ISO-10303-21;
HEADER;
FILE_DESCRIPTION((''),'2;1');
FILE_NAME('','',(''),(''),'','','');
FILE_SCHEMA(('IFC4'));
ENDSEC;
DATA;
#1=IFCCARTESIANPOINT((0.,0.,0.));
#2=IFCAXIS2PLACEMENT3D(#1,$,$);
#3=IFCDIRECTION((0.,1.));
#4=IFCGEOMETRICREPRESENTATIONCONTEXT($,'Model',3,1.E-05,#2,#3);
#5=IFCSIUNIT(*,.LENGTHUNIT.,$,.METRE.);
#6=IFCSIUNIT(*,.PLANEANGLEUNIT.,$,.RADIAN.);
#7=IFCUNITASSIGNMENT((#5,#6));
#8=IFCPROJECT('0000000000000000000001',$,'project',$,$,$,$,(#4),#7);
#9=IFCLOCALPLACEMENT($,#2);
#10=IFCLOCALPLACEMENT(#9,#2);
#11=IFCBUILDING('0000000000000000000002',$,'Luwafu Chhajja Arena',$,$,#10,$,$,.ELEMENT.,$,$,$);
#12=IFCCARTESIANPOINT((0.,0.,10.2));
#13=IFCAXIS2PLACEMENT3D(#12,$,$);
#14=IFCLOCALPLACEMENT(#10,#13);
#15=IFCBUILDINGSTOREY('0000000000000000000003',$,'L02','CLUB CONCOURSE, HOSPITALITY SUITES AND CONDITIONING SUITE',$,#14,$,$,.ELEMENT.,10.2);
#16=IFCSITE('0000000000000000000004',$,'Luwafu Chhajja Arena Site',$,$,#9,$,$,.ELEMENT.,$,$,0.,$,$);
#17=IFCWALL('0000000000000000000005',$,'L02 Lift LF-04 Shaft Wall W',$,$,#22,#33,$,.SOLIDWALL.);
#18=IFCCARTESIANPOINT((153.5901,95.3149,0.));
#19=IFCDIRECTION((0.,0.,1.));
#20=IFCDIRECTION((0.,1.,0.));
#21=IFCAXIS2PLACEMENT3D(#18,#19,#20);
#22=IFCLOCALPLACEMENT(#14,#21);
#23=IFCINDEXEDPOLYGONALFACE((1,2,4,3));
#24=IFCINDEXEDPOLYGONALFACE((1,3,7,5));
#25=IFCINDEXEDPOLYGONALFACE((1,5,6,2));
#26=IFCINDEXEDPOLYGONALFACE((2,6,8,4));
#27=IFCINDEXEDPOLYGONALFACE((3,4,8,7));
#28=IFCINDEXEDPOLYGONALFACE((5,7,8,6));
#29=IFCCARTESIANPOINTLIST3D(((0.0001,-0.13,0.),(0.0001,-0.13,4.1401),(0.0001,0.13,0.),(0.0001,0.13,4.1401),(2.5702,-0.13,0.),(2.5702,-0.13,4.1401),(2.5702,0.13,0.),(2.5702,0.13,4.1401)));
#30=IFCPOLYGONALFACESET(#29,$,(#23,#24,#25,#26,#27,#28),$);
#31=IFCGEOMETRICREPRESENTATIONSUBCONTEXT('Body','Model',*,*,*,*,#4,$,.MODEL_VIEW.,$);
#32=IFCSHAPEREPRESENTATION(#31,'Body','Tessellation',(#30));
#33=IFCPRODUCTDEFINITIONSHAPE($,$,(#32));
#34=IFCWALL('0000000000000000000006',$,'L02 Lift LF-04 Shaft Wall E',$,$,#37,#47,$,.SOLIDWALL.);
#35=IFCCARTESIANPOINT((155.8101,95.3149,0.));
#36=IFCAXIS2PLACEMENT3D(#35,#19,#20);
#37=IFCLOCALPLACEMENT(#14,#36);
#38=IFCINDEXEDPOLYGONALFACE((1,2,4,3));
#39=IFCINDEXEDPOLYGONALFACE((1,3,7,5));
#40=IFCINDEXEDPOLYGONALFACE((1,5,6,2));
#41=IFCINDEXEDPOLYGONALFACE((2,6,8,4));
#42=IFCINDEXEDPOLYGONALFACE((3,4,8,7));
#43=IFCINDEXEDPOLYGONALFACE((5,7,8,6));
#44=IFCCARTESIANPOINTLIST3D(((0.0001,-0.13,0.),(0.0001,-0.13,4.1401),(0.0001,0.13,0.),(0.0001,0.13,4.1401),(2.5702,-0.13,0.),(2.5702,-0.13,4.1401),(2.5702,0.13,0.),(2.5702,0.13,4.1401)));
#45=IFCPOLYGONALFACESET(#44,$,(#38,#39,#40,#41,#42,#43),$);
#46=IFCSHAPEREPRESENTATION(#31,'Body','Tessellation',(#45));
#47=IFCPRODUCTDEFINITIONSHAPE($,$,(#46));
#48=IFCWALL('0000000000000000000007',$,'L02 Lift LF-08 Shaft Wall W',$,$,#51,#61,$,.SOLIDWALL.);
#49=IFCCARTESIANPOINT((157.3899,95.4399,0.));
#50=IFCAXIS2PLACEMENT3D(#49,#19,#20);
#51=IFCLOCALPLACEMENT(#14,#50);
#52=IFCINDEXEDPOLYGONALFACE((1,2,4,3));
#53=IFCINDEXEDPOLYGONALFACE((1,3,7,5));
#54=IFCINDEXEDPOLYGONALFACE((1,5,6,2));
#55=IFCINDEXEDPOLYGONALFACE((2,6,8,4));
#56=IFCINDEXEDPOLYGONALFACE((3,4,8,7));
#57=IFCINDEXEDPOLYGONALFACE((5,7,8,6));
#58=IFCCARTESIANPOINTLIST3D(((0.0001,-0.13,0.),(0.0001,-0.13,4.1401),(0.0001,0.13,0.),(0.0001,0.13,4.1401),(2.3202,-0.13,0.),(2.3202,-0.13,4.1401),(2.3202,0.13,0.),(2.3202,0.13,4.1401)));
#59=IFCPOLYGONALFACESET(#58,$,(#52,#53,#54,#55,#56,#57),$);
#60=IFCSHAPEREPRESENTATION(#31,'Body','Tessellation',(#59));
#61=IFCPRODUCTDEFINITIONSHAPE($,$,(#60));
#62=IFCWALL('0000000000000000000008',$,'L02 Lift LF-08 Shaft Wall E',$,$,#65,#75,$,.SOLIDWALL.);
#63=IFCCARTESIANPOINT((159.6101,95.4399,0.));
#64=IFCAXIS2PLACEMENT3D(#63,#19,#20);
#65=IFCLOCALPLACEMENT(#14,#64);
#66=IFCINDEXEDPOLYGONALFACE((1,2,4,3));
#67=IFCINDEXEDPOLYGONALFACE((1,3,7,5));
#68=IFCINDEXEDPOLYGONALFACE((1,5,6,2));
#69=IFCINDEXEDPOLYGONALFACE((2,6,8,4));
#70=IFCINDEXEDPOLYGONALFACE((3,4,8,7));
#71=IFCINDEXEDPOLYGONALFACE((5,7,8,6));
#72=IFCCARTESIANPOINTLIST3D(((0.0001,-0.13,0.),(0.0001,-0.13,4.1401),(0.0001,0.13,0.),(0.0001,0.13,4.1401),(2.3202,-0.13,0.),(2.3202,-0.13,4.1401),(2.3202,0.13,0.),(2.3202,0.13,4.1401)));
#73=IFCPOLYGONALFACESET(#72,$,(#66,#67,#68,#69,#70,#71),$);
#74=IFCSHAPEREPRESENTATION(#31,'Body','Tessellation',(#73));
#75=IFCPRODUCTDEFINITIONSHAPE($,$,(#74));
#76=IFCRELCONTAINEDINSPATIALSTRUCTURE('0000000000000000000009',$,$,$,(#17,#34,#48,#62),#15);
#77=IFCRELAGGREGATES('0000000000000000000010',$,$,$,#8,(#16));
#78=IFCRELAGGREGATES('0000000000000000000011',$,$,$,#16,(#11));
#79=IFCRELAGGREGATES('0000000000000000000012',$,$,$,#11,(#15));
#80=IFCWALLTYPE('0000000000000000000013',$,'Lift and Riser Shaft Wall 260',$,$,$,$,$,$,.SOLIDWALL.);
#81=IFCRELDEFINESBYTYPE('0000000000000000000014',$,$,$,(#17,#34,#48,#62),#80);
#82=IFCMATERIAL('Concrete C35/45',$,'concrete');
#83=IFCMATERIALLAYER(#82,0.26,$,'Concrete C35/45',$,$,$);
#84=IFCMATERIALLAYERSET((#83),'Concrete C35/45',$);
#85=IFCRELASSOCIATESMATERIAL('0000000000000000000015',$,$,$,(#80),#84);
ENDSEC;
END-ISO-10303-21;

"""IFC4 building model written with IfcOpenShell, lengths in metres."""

from ifc_helpers import new_model, si_unit, direction, frame, frame_2d, origin, place, context, subcontext, project, spatial, rectangle, extrude, material, layer, layer_set, type_object, element, save


model = new_model("IFC4")

# Units and contexts
model_context = context("Model", 3, precision=1e-05, world=origin(), true_north=direction((0.0, 1.0)))
body_context = subcontext(model_context, "Body", "Model", "MODEL_VIEW")
ifc_project = project(units=[si_unit("LENGTHUNIT", "METRE"), si_unit("PLANEANGLEUNIT", "RADIAN")], contexts=[model_context])

# Site, building, storey
site_placement = place(None, origin())
site = spatial("IfcSite", under=ifc_project, at=site_placement, Name="Luwafu Chhajja Arena Site", CompositionType="ELEMENT", RefElevation=0.0)
building_placement = place(site_placement, origin())
building = spatial("IfcBuilding", under=site, at=building_placement, Name="Luwafu Chhajja Arena", CompositionType="ELEMENT")
storey_placement = place(building_placement, frame((0.0, 0.0, 10.2)))
storey = spatial("IfcBuildingStorey", under=building, at=storey_placement, Name="L02", Description="CLUB CONCOURSE, HOSPITALITY SUITES AND CONDITIONING SUITE", CompositionType="ELEMENT", Elevation=10.2)

# Shared definitions
ifc_material_1 = material(Name="Concrete C35/45", Category="concrete")

# Shared definitions
ifc_layer_1 = layer(ifc_material_1, 0.26, Name="Concrete C35/45")
ifc_layer_set_1 = layer_set([ifc_layer_1], Name="Concrete C35/45")
wall_type_1 = type_object("IfcWallType", Name="Lift and Riser Shaft Wall 260", PredefinedType="SOLIDWALL", material=ifc_layer_set_1)

# Walls
for number, where, z_axis, x_axis, name in (
    (1, (153.5901, 95.3149, 0.0), (0.0, 0.0, 1.0), (0.0, 1.0, 0.0), "L02 Lift LF-04 Shaft Wall W"),
    (2, (155.8101, 95.3149, 0.0), (0.0, 0.0, 1.0), (0.0, 1.0, 0.0), "L02 Lift LF-04 Shaft Wall E"),
):
    element("IfcWall", number, at=place(storey_placement, frame(where, z_axis=z_axis, x_axis=x_axis)), inside=storey, type_object=wall_type_1, Name=name, PredefinedType="SOLIDWALL", context=body_context, shape_type="SweptSolid", body=[
        extrude(rectangle(XDim=2.5701, YDim=0.26, at=frame_2d((1.2852, 0.0))), origin(), (0.0, 0.0, 1.0), 4.1401),
    ])

# Walls
for number, where, z_axis, x_axis, name in (
    (3, (157.3899, 95.4399, 0.0), (0.0, 0.0, 1.0), (0.0, 1.0, 0.0), "L02 Lift LF-08 Shaft Wall W"),
    (4, (159.6101, 95.4399, 0.0), (0.0, 0.0, 1.0), (0.0, 1.0, 0.0), "L02 Lift LF-08 Shaft Wall E"),
):
    element("IfcWall", number, at=place(storey_placement, frame(where, z_axis=z_axis, x_axis=x_axis)), inside=storey, type_object=wall_type_1, Name=name, PredefinedType="SOLIDWALL", context=body_context, shape_type="SweptSolid", body=[
        extrude(rectangle(XDim=2.3201, YDim=0.26, at=frame_2d((1.1602, 0.0))), origin(), (0.0, 0.0, 1.0), 4.1401),
    ])

save(model, "model.ifc")
